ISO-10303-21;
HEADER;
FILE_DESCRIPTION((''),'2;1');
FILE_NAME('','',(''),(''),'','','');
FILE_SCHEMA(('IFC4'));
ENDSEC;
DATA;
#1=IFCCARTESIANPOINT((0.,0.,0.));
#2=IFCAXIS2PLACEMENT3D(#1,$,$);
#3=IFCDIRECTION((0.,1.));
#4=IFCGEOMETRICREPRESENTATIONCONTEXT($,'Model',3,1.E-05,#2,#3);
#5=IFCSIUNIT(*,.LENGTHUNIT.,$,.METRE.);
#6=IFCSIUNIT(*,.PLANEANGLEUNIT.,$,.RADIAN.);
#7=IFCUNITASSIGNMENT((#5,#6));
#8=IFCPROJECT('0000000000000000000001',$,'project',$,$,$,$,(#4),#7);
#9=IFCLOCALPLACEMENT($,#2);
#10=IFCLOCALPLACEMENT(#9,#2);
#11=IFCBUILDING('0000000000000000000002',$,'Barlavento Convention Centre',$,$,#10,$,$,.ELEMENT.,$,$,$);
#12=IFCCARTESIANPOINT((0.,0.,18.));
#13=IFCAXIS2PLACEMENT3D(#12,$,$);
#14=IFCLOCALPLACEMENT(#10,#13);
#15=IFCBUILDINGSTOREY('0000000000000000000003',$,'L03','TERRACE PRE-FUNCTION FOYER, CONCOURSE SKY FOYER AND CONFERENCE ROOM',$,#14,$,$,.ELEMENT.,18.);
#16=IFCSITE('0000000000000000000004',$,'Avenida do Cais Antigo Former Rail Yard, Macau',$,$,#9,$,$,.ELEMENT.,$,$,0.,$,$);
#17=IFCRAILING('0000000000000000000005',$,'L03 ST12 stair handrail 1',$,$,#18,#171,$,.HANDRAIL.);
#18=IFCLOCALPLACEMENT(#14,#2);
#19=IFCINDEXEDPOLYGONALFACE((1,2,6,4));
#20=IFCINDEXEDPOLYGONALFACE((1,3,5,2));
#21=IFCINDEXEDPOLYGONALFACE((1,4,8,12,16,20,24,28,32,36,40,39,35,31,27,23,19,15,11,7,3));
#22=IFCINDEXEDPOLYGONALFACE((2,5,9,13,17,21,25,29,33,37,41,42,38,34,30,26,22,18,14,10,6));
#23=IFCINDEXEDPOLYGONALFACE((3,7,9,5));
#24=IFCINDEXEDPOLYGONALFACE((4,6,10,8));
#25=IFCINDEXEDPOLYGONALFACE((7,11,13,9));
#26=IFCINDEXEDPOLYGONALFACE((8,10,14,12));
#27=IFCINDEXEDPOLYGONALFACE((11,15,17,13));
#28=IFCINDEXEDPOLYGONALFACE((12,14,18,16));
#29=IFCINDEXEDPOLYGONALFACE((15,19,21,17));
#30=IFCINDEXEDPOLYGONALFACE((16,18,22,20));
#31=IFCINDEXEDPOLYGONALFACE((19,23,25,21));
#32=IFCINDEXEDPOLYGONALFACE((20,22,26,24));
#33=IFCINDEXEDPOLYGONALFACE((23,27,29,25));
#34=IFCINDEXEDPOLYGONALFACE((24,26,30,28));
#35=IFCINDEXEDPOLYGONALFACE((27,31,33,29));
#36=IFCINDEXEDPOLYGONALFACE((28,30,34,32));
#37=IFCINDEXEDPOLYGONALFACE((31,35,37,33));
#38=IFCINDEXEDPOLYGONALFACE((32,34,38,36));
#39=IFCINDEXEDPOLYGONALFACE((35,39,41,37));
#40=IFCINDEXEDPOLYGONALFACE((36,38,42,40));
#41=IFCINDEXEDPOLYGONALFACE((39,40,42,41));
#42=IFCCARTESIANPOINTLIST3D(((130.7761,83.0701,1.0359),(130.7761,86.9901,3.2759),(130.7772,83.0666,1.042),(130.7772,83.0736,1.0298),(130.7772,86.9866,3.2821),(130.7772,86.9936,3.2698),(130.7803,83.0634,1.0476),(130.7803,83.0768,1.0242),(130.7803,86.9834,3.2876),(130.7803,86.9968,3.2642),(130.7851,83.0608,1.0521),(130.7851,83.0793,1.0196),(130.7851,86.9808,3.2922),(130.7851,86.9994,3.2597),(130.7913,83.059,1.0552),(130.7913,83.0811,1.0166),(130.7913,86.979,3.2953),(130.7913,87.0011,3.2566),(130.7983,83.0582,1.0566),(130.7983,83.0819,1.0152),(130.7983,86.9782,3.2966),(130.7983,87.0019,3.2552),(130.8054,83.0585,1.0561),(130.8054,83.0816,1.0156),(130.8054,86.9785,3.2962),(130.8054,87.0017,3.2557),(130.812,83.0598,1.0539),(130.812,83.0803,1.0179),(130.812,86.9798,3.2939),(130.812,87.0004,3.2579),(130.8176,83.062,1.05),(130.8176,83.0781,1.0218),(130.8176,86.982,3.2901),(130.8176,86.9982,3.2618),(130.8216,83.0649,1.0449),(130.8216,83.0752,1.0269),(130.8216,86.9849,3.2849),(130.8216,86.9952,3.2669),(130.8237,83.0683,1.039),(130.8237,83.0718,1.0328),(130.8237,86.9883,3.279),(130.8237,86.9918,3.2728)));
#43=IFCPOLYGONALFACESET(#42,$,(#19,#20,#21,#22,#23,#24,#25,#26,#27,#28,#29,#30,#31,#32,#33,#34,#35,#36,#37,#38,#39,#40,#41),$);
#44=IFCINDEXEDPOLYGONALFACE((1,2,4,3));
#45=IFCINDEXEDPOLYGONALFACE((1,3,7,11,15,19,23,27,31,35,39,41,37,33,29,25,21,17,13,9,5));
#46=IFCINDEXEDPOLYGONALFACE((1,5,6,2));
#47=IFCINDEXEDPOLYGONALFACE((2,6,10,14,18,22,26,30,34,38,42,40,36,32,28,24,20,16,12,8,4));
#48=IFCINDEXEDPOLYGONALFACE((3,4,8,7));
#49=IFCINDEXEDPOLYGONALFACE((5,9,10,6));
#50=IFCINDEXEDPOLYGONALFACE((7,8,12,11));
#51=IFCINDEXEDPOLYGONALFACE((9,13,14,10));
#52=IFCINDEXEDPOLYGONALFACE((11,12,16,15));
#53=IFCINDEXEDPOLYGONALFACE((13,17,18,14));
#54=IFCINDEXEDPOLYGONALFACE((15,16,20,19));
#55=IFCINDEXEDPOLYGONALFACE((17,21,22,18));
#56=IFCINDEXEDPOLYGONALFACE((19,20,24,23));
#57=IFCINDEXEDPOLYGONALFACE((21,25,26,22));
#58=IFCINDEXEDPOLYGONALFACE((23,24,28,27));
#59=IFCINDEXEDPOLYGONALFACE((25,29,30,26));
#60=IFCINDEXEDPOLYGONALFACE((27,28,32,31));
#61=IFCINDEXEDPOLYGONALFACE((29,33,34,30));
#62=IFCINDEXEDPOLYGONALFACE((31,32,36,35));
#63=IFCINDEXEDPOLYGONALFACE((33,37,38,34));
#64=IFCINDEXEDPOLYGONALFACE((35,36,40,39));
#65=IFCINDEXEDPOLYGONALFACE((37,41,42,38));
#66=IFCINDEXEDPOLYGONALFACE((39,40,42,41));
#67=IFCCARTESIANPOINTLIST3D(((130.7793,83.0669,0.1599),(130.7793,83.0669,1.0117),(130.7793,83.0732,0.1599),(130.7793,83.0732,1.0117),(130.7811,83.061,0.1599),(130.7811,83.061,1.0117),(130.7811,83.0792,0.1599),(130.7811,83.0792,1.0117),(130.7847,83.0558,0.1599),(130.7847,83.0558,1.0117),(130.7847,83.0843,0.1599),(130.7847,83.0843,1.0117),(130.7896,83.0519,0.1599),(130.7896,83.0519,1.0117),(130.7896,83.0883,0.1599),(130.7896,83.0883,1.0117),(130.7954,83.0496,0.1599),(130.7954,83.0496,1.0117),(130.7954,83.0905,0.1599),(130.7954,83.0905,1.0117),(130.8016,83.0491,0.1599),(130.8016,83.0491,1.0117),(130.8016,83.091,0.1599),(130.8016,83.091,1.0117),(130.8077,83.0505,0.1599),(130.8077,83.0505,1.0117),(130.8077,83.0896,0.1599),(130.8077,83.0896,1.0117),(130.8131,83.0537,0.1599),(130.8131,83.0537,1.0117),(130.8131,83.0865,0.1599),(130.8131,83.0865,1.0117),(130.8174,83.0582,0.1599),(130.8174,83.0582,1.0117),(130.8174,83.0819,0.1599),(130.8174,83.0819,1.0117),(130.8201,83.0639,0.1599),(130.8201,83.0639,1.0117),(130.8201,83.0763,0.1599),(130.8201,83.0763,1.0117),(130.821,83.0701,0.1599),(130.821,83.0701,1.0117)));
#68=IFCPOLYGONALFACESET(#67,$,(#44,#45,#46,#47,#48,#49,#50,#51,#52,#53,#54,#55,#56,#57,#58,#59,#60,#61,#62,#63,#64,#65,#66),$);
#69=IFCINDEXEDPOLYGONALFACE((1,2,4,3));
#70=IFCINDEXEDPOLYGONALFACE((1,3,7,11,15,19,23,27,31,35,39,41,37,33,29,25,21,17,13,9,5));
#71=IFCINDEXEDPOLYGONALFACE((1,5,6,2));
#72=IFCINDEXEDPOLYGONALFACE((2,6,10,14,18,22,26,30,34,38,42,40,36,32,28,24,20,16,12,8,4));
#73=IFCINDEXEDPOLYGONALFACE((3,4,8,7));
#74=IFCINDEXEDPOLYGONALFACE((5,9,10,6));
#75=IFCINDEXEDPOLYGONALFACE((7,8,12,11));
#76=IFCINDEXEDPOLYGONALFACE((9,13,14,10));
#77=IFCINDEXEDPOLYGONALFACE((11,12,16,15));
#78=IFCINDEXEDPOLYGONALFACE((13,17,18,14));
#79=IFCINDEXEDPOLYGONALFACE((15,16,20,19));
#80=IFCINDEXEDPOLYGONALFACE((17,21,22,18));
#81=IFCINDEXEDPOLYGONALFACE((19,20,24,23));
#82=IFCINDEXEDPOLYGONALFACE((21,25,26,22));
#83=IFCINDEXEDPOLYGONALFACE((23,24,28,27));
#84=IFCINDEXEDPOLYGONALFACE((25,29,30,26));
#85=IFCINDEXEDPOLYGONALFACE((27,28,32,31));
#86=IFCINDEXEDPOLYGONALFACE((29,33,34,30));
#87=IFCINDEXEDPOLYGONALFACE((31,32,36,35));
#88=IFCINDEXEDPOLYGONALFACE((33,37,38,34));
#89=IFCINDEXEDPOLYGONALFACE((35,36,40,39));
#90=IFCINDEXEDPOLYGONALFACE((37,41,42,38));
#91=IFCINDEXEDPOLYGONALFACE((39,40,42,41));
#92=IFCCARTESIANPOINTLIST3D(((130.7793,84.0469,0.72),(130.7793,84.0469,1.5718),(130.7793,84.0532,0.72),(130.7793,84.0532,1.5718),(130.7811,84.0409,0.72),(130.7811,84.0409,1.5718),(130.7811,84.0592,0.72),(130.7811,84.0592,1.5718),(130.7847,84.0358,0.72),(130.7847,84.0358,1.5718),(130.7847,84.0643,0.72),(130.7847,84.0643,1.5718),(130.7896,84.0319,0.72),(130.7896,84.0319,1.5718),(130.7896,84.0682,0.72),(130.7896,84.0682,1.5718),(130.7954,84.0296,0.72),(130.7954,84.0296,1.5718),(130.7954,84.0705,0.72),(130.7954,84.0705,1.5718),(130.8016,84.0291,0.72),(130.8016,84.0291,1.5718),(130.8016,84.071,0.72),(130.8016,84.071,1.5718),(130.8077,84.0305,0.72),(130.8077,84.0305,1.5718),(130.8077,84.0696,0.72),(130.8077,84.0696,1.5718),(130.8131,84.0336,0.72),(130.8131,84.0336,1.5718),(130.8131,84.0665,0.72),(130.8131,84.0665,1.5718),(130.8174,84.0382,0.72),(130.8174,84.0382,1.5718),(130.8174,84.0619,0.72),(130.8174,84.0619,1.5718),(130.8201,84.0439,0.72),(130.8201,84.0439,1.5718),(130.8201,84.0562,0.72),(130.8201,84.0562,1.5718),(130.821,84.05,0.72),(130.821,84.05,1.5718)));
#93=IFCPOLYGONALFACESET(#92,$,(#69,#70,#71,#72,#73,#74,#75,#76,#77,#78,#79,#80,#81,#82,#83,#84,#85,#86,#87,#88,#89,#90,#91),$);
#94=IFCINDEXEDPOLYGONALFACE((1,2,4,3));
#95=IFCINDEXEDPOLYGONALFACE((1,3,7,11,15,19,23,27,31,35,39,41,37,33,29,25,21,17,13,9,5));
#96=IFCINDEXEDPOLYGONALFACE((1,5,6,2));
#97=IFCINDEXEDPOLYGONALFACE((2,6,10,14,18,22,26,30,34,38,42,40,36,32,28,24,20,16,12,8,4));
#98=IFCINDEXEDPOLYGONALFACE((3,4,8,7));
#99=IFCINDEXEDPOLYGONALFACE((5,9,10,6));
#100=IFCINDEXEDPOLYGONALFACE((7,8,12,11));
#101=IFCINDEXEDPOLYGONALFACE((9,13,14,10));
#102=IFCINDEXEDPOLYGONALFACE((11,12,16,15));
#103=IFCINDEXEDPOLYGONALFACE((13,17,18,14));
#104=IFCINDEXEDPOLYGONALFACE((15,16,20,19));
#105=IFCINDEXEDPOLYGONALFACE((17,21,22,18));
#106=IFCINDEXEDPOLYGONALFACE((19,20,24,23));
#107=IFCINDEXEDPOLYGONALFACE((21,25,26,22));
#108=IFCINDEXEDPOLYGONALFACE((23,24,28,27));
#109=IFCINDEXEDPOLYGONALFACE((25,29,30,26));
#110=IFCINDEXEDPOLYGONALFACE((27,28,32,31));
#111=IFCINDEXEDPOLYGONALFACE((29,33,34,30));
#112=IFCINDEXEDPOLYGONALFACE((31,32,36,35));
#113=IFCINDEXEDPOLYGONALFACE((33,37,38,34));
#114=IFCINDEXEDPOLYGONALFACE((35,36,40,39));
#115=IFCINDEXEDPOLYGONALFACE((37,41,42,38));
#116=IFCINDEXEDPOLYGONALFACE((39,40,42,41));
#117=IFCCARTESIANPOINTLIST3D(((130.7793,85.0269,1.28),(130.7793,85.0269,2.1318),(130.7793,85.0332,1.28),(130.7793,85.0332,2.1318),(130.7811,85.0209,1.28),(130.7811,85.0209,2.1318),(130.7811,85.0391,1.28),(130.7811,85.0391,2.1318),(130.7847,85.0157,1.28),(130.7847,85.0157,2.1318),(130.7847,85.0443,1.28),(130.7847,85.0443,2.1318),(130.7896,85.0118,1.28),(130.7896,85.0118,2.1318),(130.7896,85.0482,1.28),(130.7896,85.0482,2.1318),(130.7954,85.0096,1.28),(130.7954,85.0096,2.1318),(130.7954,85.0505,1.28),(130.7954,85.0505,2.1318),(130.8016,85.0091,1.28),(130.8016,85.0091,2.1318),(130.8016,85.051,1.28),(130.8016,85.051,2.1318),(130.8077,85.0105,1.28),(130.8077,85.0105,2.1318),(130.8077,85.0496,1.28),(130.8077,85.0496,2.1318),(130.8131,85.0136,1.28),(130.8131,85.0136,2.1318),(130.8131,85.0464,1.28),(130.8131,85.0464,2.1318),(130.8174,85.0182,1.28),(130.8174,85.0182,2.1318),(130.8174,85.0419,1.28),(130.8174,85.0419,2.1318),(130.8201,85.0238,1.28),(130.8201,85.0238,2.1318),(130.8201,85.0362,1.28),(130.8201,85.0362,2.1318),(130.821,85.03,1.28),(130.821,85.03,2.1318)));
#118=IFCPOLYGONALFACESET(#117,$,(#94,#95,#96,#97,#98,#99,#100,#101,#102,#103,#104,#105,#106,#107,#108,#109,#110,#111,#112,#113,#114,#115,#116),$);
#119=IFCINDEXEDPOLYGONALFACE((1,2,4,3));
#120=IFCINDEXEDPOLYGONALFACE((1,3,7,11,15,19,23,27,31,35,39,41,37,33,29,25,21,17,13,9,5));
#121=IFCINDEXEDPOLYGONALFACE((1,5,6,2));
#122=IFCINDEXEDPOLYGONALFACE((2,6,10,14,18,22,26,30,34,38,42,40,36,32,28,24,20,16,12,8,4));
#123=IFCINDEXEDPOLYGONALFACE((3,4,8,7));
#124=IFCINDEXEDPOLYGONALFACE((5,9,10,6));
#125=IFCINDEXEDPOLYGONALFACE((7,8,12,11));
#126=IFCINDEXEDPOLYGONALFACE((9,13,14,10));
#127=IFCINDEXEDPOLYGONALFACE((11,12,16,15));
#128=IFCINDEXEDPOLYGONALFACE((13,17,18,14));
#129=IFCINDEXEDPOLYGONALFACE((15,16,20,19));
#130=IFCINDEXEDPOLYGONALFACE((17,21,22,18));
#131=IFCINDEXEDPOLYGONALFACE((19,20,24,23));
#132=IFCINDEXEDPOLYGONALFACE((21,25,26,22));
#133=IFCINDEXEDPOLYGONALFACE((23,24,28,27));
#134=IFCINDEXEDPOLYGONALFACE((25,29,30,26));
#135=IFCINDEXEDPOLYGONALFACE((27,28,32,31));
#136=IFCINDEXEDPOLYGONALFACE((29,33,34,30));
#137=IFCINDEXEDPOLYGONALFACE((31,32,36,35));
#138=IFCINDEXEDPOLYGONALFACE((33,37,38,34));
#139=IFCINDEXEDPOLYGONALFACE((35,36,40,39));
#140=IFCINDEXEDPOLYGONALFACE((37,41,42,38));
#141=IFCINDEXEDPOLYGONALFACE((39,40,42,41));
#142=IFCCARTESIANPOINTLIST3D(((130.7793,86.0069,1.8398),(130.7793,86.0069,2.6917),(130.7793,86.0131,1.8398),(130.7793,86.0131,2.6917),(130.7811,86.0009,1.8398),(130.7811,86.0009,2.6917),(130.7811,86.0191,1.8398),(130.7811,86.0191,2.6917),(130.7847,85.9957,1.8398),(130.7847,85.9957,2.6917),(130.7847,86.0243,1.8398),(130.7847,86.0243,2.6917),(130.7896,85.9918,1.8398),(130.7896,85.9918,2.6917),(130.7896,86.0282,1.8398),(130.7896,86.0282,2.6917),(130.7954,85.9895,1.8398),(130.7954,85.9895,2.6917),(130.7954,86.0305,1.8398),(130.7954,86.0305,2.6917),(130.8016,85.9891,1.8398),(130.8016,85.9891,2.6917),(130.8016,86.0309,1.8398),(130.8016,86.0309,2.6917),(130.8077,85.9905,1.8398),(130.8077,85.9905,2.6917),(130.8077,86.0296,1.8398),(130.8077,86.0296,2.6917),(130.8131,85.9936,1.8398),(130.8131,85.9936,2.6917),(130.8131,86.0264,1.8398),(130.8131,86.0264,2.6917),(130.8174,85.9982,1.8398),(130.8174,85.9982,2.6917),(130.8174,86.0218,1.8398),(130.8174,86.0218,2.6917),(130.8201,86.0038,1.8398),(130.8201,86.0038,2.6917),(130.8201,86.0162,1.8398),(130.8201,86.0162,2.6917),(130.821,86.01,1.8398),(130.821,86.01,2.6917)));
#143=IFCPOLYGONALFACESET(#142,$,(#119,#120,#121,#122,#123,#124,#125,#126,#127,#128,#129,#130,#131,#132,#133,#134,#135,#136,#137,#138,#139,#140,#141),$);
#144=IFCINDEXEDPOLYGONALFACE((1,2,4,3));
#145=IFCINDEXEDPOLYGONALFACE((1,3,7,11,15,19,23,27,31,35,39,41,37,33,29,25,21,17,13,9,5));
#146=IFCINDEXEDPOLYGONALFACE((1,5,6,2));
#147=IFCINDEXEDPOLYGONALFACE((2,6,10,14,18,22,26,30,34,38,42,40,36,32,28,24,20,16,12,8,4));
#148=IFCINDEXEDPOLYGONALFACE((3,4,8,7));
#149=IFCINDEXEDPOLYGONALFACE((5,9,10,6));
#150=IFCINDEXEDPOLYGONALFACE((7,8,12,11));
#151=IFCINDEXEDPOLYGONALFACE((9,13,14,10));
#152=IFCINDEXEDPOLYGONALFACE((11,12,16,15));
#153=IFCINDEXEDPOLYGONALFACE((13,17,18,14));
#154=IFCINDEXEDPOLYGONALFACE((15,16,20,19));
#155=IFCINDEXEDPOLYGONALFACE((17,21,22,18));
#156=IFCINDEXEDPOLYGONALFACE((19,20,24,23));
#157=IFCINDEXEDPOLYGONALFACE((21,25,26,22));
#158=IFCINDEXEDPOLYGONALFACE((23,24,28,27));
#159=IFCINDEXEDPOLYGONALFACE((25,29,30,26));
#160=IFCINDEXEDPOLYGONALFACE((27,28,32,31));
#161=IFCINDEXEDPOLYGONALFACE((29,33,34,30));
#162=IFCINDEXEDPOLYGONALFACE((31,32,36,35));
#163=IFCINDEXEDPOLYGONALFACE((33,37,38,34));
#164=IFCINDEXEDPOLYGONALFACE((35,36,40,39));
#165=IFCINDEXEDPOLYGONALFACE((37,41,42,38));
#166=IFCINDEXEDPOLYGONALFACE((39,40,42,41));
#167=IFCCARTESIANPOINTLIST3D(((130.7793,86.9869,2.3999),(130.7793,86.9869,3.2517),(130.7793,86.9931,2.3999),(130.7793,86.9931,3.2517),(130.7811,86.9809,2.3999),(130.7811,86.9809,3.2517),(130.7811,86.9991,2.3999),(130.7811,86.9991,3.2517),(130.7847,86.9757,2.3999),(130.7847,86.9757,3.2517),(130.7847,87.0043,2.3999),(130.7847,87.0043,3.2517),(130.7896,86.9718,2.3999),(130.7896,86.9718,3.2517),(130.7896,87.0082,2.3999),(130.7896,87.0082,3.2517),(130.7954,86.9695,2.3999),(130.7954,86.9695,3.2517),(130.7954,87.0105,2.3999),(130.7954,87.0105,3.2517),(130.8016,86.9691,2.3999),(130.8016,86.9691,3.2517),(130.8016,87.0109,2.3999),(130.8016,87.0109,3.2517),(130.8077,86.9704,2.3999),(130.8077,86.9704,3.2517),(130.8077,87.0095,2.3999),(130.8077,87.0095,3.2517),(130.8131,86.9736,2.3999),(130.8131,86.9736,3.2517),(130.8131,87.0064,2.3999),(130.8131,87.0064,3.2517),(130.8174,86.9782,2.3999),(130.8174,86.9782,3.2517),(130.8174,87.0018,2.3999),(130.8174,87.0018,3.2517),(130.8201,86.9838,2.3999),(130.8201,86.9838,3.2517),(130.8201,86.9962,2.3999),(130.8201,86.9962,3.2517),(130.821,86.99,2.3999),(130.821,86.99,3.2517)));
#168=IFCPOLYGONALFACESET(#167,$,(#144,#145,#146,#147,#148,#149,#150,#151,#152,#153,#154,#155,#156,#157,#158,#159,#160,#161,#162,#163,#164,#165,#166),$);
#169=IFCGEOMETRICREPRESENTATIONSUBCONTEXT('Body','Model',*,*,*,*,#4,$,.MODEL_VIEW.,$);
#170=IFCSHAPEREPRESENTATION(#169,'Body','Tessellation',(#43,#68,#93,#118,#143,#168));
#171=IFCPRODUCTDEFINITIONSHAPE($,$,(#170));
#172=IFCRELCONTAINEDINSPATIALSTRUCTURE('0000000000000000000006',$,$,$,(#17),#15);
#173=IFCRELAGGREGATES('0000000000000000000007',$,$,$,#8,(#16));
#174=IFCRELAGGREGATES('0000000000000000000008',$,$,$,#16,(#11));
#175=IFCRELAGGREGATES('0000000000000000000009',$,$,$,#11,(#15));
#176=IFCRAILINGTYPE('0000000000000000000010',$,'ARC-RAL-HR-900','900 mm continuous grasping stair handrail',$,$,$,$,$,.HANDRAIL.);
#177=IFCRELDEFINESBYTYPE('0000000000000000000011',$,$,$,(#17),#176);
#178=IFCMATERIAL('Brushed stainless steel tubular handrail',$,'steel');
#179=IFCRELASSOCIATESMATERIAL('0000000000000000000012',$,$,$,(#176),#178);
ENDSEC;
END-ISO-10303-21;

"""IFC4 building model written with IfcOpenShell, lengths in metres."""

from ifc_helpers import new_model, si_unit, direction, frame, origin, origin_2d, place, context, subcontext, project, spatial, circle, extrude, material, type_object, element, save


model = new_model("IFC4")

# Units and contexts
model_context = context("Model", 3, precision=1e-05, world=origin(), true_north=direction((0.0, 1.0)))
body_context = subcontext(model_context, "Body", "Model", "MODEL_VIEW")
ifc_project = project(units=[si_unit("LENGTHUNIT", "METRE"), si_unit("PLANEANGLEUNIT", "RADIAN")], contexts=[model_context])

# Site, building, storey
site_placement = place(None, origin())
site = spatial("IfcSite", under=ifc_project, at=site_placement, Name="Avenida do Cais Antigo Former Rail Yard, Macau", CompositionType="ELEMENT", RefElevation=0.0)
building_placement = place(site_placement, origin())
building = spatial("IfcBuilding", under=site, at=building_placement, Name="Barlavento Convention Centre", CompositionType="ELEMENT")
storey_placement = place(building_placement, frame((0.0, 0.0, 18.0)))
storey = spatial("IfcBuildingStorey", under=building, at=storey_placement, Name="L03", Description="TERRACE PRE-FUNCTION FOYER, CONCOURSE SKY FOYER AND CONFERENCE ROOM", CompositionType="ELEMENT", Elevation=18.0)

# Railing
ifc_material_1 = material(Name="Brushed stainless steel tubular handrail", Category="steel")
railing_type_1 = type_object("IfcRailingType", Name="ARC-RAL-HR-900", Description="900 mm continuous grasping stair handrail", PredefinedType="HANDRAIL", material=ifc_material_1)
railing_1_placement = place(storey_placement, frame((130.8, 83.0701, 0.1599)))
element("IfcRailing", 1, at=railing_1_placement, inside=storey, type_object=railing_type_1, Name="L03 ST12 stair handrail 1", PredefinedType="HANDRAIL", context=body_context, shape_type="SweptSolid", body=[
    extrude(circle(Radius=0.0239, at=origin_2d()), frame((0.0, 0.0, 0.876), z_axis=(0.0, 0.86824, 0.496145), x_axis=(-1.0, 0.0, 0.0)), (0.0, 0.0, 1.0), 4.5149),
    extrude(circle(Radius=0.021, at=origin_2d()), origin(), (0.0, 0.0, 1.0), 0.8518),
    extrude(circle(Radius=0.021, at=origin_2d()), frame((0.0, 0.98, 0.5601)), (0.0, 0.0, 1.0), 0.8518),
    extrude(circle(Radius=0.021, at=origin_2d()), frame((0.0, 1.96, 1.1201)), (0.0, 0.0, 1.0), 0.8518),
    extrude(circle(Radius=0.021, at=origin_2d()), frame((0.0, 2.9399, 1.6799)), (0.0, 0.0, 1.0), 0.8518),
    extrude(circle(Radius=0.021, at=origin_2d()), frame((0.0, 3.9199, 2.24)), (0.0, 0.0, 1.0), 0.8518),
])

save(model, "model.ifc")
